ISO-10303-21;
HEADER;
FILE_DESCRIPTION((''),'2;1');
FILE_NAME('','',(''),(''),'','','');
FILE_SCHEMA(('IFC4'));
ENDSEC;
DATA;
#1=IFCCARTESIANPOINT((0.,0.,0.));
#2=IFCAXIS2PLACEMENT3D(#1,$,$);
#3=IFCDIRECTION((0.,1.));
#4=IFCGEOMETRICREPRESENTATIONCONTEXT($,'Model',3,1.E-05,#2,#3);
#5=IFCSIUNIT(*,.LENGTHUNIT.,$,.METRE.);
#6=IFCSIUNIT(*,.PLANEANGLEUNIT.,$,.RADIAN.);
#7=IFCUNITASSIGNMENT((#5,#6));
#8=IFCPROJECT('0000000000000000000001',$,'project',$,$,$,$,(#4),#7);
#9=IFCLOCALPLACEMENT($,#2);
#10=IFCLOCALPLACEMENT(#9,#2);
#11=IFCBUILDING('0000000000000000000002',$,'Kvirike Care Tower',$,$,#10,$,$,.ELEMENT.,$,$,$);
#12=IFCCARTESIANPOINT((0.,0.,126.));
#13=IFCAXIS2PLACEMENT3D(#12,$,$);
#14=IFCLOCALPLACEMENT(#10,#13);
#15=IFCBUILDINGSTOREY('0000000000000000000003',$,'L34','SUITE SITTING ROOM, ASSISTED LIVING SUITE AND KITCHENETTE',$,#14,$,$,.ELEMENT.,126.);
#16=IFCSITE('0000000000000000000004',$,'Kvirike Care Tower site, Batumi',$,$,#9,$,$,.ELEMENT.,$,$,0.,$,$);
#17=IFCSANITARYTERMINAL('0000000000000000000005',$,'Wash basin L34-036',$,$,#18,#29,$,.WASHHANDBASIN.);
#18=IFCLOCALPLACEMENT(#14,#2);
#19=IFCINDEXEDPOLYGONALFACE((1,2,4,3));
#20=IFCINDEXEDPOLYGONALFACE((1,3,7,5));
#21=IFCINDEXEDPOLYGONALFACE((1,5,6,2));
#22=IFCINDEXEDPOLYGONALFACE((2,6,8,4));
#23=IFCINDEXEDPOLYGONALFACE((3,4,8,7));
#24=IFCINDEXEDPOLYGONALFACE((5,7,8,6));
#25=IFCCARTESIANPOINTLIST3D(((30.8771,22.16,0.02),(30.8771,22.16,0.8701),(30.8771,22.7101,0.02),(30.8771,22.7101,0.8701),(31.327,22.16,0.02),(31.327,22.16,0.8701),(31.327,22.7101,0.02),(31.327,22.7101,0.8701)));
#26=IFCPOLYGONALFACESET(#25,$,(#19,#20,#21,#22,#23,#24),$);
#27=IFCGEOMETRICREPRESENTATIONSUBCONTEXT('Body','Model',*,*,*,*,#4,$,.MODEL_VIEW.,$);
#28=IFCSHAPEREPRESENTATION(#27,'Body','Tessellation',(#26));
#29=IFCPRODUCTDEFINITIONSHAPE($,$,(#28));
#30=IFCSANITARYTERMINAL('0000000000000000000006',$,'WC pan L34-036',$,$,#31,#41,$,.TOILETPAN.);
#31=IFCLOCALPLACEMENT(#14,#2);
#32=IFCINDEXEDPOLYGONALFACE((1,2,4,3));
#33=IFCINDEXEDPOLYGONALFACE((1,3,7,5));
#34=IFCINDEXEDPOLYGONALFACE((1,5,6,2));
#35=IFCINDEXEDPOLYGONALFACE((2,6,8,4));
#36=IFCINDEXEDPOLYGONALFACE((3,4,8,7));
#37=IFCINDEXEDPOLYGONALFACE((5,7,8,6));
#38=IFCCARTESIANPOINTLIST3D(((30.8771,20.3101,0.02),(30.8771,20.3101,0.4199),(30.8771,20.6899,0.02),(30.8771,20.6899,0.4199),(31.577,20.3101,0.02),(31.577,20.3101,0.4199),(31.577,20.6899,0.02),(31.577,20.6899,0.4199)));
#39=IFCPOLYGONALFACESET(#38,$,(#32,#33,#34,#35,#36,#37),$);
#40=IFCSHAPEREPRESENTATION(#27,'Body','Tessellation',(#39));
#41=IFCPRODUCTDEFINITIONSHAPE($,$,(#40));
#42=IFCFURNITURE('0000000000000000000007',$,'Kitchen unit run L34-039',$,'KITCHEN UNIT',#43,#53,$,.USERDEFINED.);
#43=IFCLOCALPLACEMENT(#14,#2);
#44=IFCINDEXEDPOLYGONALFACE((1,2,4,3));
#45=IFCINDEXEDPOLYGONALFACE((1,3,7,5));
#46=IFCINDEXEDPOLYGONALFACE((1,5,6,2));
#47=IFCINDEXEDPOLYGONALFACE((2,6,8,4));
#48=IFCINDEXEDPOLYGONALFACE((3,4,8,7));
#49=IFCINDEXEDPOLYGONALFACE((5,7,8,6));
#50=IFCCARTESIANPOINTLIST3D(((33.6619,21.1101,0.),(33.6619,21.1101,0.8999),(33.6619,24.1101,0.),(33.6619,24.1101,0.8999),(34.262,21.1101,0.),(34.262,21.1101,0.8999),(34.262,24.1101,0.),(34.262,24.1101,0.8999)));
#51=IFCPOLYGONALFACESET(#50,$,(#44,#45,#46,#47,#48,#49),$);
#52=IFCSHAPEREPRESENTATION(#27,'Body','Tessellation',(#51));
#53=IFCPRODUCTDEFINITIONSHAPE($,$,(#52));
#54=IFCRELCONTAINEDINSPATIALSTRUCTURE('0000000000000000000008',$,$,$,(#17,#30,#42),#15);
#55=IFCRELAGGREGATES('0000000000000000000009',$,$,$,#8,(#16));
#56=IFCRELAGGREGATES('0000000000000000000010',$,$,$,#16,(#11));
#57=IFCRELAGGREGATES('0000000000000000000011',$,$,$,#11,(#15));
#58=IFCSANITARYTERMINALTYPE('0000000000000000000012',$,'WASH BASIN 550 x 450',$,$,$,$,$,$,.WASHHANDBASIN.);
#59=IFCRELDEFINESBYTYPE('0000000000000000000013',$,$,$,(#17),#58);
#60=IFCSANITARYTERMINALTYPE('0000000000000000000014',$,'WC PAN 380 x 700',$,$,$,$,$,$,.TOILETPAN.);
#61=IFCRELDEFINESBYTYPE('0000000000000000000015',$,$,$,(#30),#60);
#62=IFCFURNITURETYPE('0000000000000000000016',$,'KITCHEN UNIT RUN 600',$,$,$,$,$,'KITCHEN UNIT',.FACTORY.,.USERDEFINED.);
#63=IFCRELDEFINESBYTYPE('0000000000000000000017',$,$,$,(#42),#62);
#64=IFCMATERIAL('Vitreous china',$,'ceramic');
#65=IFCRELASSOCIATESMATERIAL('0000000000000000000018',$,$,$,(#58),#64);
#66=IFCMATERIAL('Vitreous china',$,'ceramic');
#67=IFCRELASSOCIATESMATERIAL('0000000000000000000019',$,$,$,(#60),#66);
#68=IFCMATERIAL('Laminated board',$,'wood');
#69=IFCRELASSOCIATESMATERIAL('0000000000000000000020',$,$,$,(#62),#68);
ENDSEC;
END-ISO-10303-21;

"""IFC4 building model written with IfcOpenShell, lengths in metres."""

from ifc_helpers import new_model, si_unit, direction, frame, origin, origin_2d, place, context, subcontext, project, spatial, rectangle, extrude, material, type_object, element, save


model = new_model("IFC4")

# Units and contexts
model_context = context("Model", 3, precision=1e-05, world=origin(), true_north=direction((0.0, 1.0)))
body_context = subcontext(model_context, "Body", "Model", "MODEL_VIEW")
ifc_project = project(units=[si_unit("LENGTHUNIT", "METRE"), si_unit("PLANEANGLEUNIT", "RADIAN")], contexts=[model_context])

# Site, building, storey
site_placement = place(None, origin())
site = spatial("IfcSite", under=ifc_project, at=site_placement, Name="Kvirike Care Tower site, Batumi", CompositionType="ELEMENT", RefElevation=0.0)
building_placement = place(site_placement, origin())
building = spatial("IfcBuilding", under=site, at=building_placement, Name="Kvirike Care Tower", CompositionType="ELEMENT")
storey_placement = place(building_placement, frame((0.0, 0.0, 126.0)))
storey = spatial("IfcBuildingStorey", under=building, at=storey_placement, Name="L34", Description="SUITE SITTING ROOM, ASSISTED LIVING SUITE AND KITCHENETTE", CompositionType="ELEMENT", Elevation=126.0)

# Sanitary terminals
ifc_material_1 = material(Name="Vitreous china", Category="ceramic")
sanitary_terminal_type_1 = type_object("IfcSanitaryTerminalType", Name="WASH BASIN 550 x 450", PredefinedType="WASHHANDBASIN", material=ifc_material_1)
sanitary_terminal_1_placement = place(storey_placement, frame((31.1021, 22.4351, 0.02), z_axis=(0.0, 0.0, 1.0), x_axis=(0.0, 1.0, 0.0)))
element("IfcSanitaryTerminal", 1, at=sanitary_terminal_1_placement, inside=storey, type_object=sanitary_terminal_type_1, Name="Wash basin L34-036", PredefinedType="WASHHANDBASIN", context=body_context, shape_type="SweptSolid", body=[
    extrude(rectangle(XDim=0.55, YDim=0.45, at=origin_2d()), origin(), (0.0, 0.0, 1.0), 0.8501),
])
ifc_material_2 = material(Name="Vitreous china", Category="ceramic")
sanitary_terminal_type_2 = type_object("IfcSanitaryTerminalType", Name="WC PAN 380 x 700", PredefinedType="TOILETPAN", material=ifc_material_2)
sanitary_terminal_2_placement = place(storey_placement, frame((31.2271, 20.5, 0.02), z_axis=(0.0, 0.0, 1.0), x_axis=(0.0, 1.0, 0.0)))
element("IfcSanitaryTerminal", 2, at=sanitary_terminal_2_placement, inside=storey, type_object=sanitary_terminal_type_2, Name="WC pan L34-036", PredefinedType="TOILETPAN", context=body_context, shape_type="SweptSolid", body=[
    extrude(rectangle(XDim=0.3799, YDim=0.7, at=origin_2d()), origin(), (0.0, 0.0, 1.0), 0.3999),
])

# Furniture
ifc_material_3 = material(Name="Laminated board", Category="wood")
furniture_type = type_object("IfcFurnitureType", Name="KITCHEN UNIT RUN 600", ElementType="KITCHEN UNIT", AssemblyPlace="FACTORY", PredefinedType="USERDEFINED", material=ifc_material_3)
furniture_placement = place(storey_placement, frame((33.9619, 22.6101, 0.0), z_axis=(0.0, 0.0, 1.0), x_axis=(0.0, 1.0, 0.0)))
element("IfcFurniture", 3, at=furniture_placement, inside=storey, type_object=furniture_type, Name="Kitchen unit run L34-039", ObjectType="KITCHEN UNIT", PredefinedType="USERDEFINED", context=body_context, shape_type="SweptSolid", body=[
    extrude(rectangle(XDim=3.0, YDim=0.6001, at=origin_2d()), origin(), (0.0, 0.0, 1.0), 0.8999),
])

save(model, "model.ifc")
